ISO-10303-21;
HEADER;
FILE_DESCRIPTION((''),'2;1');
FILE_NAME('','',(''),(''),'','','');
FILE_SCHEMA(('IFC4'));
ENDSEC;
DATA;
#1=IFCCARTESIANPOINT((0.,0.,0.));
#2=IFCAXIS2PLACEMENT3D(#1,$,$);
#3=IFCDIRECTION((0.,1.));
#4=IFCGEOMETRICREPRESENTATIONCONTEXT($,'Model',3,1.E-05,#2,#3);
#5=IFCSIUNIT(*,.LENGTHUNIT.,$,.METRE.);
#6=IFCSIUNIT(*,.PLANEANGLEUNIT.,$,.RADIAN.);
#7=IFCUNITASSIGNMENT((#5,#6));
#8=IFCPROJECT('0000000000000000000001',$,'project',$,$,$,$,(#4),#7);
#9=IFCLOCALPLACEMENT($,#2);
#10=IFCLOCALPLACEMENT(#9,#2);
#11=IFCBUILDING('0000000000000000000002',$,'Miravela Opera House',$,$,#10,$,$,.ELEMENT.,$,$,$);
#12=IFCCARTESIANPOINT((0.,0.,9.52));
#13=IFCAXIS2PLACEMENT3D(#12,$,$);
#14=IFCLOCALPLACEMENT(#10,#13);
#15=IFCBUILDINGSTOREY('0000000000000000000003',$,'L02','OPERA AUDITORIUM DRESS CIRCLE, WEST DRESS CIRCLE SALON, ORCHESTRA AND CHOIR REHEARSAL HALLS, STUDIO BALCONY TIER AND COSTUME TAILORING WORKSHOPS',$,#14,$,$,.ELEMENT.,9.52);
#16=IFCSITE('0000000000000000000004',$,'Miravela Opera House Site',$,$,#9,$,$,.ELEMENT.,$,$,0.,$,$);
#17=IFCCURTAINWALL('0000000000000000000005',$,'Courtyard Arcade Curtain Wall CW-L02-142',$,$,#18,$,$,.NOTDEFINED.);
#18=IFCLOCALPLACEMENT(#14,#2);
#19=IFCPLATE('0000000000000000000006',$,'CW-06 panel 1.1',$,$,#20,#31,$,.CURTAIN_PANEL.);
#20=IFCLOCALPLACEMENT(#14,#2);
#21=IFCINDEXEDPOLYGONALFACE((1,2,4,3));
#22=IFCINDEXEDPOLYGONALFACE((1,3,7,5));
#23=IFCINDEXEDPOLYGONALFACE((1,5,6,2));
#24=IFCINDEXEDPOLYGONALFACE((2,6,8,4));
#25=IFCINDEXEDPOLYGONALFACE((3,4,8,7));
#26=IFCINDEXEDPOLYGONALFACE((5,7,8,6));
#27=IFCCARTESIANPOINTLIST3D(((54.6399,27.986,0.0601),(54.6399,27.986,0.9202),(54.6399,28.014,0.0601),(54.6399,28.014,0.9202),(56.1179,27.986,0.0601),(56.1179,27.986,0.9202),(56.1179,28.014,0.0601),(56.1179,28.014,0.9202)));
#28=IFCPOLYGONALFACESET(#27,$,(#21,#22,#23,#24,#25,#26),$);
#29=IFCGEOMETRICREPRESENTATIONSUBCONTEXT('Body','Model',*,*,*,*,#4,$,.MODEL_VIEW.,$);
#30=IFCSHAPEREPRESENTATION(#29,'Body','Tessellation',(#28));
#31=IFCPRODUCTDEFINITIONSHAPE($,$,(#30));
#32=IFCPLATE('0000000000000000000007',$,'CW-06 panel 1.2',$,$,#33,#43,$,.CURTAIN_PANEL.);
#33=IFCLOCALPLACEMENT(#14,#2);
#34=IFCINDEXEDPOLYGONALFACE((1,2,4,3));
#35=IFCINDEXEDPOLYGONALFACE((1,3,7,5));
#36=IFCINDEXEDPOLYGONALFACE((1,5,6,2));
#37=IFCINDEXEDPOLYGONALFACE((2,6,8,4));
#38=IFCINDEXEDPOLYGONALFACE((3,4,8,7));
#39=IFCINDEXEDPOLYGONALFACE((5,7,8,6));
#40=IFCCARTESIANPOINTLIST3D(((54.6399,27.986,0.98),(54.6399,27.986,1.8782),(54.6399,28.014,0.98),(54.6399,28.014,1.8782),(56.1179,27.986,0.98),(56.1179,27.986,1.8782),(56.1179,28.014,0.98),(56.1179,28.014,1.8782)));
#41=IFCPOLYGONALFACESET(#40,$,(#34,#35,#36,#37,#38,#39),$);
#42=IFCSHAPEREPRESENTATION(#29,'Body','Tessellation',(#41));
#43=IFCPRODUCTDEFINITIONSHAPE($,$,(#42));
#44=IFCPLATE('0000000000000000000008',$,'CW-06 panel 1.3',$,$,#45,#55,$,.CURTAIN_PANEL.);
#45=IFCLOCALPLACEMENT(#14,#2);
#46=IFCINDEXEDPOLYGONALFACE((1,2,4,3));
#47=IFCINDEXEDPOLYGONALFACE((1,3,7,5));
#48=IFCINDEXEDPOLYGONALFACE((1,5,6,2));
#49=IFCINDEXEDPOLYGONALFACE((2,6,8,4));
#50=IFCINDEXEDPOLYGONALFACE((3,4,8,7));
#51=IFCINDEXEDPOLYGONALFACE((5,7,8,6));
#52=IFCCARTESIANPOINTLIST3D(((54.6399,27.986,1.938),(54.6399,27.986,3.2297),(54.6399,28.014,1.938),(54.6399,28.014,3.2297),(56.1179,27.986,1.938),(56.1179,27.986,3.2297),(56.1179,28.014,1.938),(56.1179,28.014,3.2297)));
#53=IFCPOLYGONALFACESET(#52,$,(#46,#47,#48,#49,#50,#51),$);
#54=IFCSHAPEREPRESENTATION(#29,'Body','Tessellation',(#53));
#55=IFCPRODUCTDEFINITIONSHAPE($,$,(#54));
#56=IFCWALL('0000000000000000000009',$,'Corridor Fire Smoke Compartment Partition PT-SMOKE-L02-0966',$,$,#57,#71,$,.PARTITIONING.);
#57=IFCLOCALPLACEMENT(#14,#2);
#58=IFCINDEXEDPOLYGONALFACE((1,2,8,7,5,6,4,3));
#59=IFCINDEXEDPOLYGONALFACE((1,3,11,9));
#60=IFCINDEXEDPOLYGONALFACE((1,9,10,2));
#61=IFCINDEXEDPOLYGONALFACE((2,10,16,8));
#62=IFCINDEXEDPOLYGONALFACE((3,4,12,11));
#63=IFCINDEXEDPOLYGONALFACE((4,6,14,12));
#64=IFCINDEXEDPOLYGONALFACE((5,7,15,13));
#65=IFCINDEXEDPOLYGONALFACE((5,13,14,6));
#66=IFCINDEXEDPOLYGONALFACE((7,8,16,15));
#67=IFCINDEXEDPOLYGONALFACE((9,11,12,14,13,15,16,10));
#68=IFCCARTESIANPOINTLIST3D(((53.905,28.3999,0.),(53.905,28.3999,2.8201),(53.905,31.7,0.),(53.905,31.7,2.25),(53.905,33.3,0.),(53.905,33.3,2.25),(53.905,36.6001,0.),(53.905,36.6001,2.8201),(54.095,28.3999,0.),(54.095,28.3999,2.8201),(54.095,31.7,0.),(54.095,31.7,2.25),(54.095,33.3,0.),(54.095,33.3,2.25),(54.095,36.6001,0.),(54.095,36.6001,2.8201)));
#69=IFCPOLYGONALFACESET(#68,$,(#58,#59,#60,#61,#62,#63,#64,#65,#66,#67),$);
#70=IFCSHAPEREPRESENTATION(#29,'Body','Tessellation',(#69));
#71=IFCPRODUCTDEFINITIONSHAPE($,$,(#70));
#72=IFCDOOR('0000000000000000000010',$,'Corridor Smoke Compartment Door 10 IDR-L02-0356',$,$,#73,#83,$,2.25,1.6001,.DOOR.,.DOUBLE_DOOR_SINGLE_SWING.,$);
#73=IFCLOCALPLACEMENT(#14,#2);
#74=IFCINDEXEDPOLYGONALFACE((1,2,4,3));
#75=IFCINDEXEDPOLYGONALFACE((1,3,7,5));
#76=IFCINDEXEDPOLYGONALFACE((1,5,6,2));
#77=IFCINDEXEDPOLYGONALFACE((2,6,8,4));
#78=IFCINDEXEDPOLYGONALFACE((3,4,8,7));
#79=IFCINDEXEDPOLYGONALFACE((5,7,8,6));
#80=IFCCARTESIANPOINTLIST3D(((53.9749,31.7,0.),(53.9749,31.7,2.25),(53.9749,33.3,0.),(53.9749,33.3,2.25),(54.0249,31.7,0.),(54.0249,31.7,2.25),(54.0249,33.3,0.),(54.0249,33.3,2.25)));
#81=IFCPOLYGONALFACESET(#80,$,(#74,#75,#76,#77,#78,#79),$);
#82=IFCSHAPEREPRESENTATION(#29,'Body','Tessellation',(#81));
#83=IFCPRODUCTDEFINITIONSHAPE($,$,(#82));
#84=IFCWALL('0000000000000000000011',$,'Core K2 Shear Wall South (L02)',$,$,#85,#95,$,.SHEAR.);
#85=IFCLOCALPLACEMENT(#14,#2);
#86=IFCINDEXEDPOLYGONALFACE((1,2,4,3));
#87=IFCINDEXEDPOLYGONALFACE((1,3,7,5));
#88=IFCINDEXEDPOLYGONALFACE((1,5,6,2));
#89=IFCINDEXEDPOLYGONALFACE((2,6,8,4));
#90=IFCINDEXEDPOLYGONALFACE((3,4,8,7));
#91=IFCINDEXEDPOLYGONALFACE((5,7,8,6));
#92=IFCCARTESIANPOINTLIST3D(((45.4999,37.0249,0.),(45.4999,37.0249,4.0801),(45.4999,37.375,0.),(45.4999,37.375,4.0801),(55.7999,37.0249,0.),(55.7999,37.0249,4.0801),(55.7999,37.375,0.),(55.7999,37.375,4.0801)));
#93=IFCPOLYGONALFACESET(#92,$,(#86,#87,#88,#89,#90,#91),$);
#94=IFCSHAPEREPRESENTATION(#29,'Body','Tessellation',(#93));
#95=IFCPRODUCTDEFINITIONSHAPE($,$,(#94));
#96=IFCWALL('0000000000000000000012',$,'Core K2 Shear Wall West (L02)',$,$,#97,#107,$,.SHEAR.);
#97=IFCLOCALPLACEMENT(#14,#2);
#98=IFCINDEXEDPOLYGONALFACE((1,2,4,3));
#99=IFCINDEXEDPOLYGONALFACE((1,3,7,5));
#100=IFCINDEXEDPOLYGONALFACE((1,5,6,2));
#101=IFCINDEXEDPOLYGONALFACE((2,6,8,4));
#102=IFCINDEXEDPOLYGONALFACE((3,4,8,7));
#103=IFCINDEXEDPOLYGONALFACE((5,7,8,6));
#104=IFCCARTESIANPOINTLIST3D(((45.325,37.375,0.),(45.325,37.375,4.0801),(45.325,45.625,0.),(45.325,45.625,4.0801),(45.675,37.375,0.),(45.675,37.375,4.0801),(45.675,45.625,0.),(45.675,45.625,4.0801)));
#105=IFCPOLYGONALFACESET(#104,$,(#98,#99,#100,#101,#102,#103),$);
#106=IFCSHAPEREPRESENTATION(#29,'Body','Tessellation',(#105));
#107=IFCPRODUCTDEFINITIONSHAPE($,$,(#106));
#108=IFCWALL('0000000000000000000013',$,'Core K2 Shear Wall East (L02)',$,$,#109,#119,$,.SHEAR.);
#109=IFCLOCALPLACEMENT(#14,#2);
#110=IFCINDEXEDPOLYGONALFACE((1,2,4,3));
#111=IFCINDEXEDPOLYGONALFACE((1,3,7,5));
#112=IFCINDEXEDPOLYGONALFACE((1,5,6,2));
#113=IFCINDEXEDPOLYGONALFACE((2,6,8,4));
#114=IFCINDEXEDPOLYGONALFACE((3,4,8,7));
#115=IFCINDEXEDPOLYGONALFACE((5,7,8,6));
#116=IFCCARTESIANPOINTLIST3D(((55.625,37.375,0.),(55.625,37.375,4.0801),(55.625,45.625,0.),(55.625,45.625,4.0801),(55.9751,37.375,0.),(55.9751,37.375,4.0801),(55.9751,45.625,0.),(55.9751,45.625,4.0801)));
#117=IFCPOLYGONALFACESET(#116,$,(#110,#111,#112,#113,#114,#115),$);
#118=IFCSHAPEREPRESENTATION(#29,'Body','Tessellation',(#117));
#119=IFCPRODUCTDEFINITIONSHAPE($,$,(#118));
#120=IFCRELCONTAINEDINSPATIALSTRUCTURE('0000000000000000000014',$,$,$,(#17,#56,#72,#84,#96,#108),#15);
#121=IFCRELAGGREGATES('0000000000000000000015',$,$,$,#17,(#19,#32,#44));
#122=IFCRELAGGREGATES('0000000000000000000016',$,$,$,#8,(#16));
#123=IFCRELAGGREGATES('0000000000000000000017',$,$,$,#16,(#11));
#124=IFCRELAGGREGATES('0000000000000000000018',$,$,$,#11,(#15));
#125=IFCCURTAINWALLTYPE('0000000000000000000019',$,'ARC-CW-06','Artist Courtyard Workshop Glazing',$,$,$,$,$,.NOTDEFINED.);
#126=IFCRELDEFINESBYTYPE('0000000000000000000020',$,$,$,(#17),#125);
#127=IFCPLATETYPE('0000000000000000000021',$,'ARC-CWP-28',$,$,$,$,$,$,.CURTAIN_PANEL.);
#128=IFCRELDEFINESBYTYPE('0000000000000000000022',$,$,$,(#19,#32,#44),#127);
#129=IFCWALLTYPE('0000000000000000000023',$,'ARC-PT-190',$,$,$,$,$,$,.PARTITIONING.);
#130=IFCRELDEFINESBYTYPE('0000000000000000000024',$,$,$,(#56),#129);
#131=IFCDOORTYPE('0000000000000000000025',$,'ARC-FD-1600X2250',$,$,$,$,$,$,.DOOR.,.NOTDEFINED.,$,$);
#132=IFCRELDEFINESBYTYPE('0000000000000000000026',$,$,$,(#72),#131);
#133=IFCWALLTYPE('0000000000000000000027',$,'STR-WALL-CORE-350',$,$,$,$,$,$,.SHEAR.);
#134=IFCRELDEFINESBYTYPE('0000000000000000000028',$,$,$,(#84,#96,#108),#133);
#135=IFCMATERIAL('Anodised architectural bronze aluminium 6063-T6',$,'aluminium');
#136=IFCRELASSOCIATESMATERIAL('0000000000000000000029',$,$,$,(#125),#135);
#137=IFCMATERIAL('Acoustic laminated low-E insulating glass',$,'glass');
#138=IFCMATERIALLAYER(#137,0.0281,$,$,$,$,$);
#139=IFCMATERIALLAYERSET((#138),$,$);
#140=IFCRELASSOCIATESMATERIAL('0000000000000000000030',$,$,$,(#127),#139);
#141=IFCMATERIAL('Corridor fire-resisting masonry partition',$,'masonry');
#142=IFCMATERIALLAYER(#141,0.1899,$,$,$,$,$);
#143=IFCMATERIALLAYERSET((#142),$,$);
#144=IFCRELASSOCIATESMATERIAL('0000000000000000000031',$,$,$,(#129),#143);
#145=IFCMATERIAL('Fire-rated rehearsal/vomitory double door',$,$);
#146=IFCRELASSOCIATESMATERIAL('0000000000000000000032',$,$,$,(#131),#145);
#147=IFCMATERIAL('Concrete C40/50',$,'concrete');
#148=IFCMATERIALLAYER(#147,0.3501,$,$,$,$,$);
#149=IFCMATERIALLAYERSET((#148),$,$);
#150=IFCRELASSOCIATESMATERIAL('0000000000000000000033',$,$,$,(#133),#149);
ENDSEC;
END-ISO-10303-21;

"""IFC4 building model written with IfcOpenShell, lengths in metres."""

from ifc_helpers import new_model, si_unit, direction, frame, frame_2d, origin, origin_2d, place, context, subcontext, project, spatial, rectangle, extrude, material, layer, layer_set, type_object, element, fill, aggregate, save


model = new_model("IFC4")

# Units and contexts
model_context = context("Model", 3, precision=1e-05, world=origin(), true_north=direction((0.0, 1.0)))
body_context = subcontext(model_context, "Body", "Model", "MODEL_VIEW")
ifc_project = project(units=[si_unit("LENGTHUNIT", "METRE"), si_unit("PLANEANGLEUNIT", "RADIAN")], contexts=[model_context])

# Site, building, storey
site_placement = place(None, origin())
site = spatial("IfcSite", under=ifc_project, at=site_placement, Name="Miravela Opera House Site", CompositionType="ELEMENT", RefElevation=0.0)
building_placement = place(site_placement, origin())
building = spatial("IfcBuilding", under=site, at=building_placement, Name="Miravela Opera House", CompositionType="ELEMENT")
storey_placement = place(building_placement, frame((0.0, 0.0, 9.52)))
storey = spatial("IfcBuildingStorey", under=building, at=storey_placement, Name="L02", Description="OPERA AUDITORIUM DRESS CIRCLE, WEST DRESS CIRCLE SALON, ORCHESTRA AND CHOIR REHEARSAL HALLS, STUDIO BALCONY TIER AND COSTUME TAILORING WORKSHOPS", CompositionType="ELEMENT", Elevation=9.52)

# Curtain wall
ifc_material_1 = material(Name="Anodised architectural bronze aluminium 6063-T6", Category="aluminium")
curtain_wall_type = type_object("IfcCurtainWallType", Name="ARC-CW-06", Description="Artist Courtyard Workshop Glazing", PredefinedType="NOTDEFINED", material=ifc_material_1)
curtain_wall_placement = place(storey_placement, origin())
curtain_wall = element("IfcCurtainWall", 1, at=curtain_wall_placement, inside=storey, type_object=curtain_wall_type, Name="Courtyard Arcade Curtain Wall CW-L02-142", PredefinedType="NOTDEFINED")

# Shared definitions
ifc_material_2 = material(Name="Concrete C40/50", Category="concrete")

# Plates
ifc_material_3 = material(Name="Acoustic laminated low-E insulating glass", Category="glass")
ifc_layer_1 = layer(ifc_material_3, 0.0281)
ifc_layer_set_1 = layer_set([ifc_layer_1])
plate_type = type_object("IfcPlateType", Name="ARC-CWP-28", PredefinedType="CURTAIN_PANEL", material=ifc_layer_set_1)
plate_1_placement = place(storey_placement, frame((55.3789, 28.0, 0.0601), z_axis=(0.0, 0.0, 1.0), x_axis=(1.0, 0.0, 0.0)))
plate_1 = element("IfcPlate", 2, at=plate_1_placement, type_object=plate_type, Name="CW-06 panel 1.1", PredefinedType="CURTAIN_PANEL", context=body_context, shape_type="SweptSolid", body=[
    extrude(rectangle(XDim=1.478, YDim=0.0281, at=origin_2d()), origin(), (0.0, 0.0, 1.0), 0.8601),
])
plate_2_placement = place(storey_placement, frame((55.3789, 28.0, 0.98), z_axis=(0.0, 0.0, 1.0), x_axis=(1.0, 0.0, 0.0)))
plate_2 = element("IfcPlate", 3, at=plate_2_placement, type_object=plate_type, Name="CW-06 panel 1.2", PredefinedType="CURTAIN_PANEL", context=body_context, shape_type="SweptSolid", body=[
    extrude(rectangle(XDim=1.478, YDim=0.0281, at=origin_2d()), origin(), (0.0, 0.0, 1.0), 0.8982),
])
plate_3_placement = place(storey_placement, frame((55.3789, 28.0, 1.938), z_axis=(0.0, 0.0, 1.0), x_axis=(1.0, 0.0, 0.0)))
plate_3 = element("IfcPlate", 4, at=plate_3_placement, type_object=plate_type, Name="CW-06 panel 1.3", PredefinedType="CURTAIN_PANEL", context=body_context, shape_type="SweptSolid", body=[
    extrude(rectangle(XDim=1.478, YDim=0.0281, at=origin_2d()), origin(), (0.0, 0.0, 1.0), 1.2917),
])
aggregate(curtain_wall, [plate_1, plate_2, plate_3])

# Wall, opening, door
ifc_material_4 = material(Name="Corridor fire-resisting masonry partition", Category="masonry")
ifc_layer_2 = layer(ifc_material_4, 0.1899)
ifc_layer_set_2 = layer_set([ifc_layer_2])
wall_type_1 = type_object("IfcWallType", Name="ARC-PT-190", PredefinedType="PARTITIONING", material=ifc_layer_set_2)
wall_1_placement = place(storey_placement, frame((54.0, 28.3999, 0.0), z_axis=(0.0, 0.0, 1.0), x_axis=(0.0, 1.0, 0.0)))
wall_1 = element("IfcWall", 5, at=wall_1_placement, inside=storey, type_object=wall_type_1, Name="Corridor Fire Smoke Compartment Partition PT-SMOKE-L02-0966", PredefinedType="PARTITIONING", context=body_context, shape_type="SweptSolid", body=[
    extrude(rectangle(XDim=8.2002, YDim=0.1899, at=frame_2d((4.1001, 0.0))), origin(), (0.0, 0.0, 1.0), 2.8201),
])
opening_placement = place(wall_1_placement, frame((3.3, 0.0, 0.0)))
opening = element("IfcOpeningElement", 6, at=opening_placement, cuts=wall_1, PredefinedType="OPENING", context=body_context, shape_type="SweptSolid", body=[
    extrude(rectangle(XDim=1.6001, YDim=2.25, at=frame_2d((0.8, 1.125))), frame((0.0, 0.105, 0.0), z_axis=(0.0, -1.0, 0.0), x_axis=(1.0, 0.0, 0.0)), (0.0, 0.0, 1.0), 0.21),
])
ifc_material_5 = material(Name="Fire-rated rehearsal/vomitory double door")
door_type = type_object("IfcDoorType", Name="ARC-FD-1600X2250", OperationType="NOTDEFINED", PredefinedType="DOOR", material=ifc_material_5)
door_placement = place(opening_placement, frame((1.6001, 0.0, 0.0), z_axis=(0.0, 0.0, 1.0), x_axis=(-1.0, 0.0, 0.0)))
door = element("IfcDoor", 7, at=door_placement, inside=storey, type_object=door_type, Name="Corridor Smoke Compartment Door 10 IDR-L02-0356", OperationType="DOUBLE_DOOR_SINGLE_SWING", OverallHeight=2.25, OverallWidth=1.6001, PredefinedType="DOOR", context=body_context, shape_type="SweptSolid", body=[
    extrude(rectangle(XDim=1.6001, YDim=2.25, at=frame_2d((0.8, 1.125))), frame((0.0, 0.0249, 0.0), z_axis=(0.0, -1.0, 0.0), x_axis=(1.0, 0.0, 0.0)), (0.0, 0.0, 1.0), 0.05),
])
fill(opening, door)

# Walls
ifc_layer_3 = layer(ifc_material_2, 0.3501)
ifc_layer_set_3 = layer_set([ifc_layer_3])
wall_type_2 = type_object("IfcWallType", Name="STR-WALL-CORE-350", PredefinedType="SHEAR", material=ifc_layer_set_3)
wall_2_placement = place(storey_placement, frame((45.5, 37.2, 0.0), z_axis=(0.0, 0.0, 1.0), x_axis=(1.0, 0.0, 0.0)))
element("IfcWall", 8, at=wall_2_placement, inside=storey, type_object=wall_type_2, Name="Core K2 Shear Wall South (L02)", PredefinedType="SHEAR", context=body_context, shape_type="SweptSolid", body=[
    extrude(rectangle(XDim=10.3, YDim=0.3501, at=frame_2d((5.1499, 0.0))), origin(), (0.0, 0.0, 1.0), 4.0801),
])
for number, where, z_axis, x_axis, name in (
    (9, (45.5, 37.375, 0.0), (0.0, 0.0, 1.0), (0.0, 1.0, 0.0), "Core K2 Shear Wall West (L02)"),
    (10, (55.8, 37.375, 0.0), (0.0, 0.0, 1.0), (0.0, 1.0, 0.0), "Core K2 Shear Wall East (L02)"),
):
    element("IfcWall", number, at=place(storey_placement, frame(where, z_axis=z_axis, x_axis=x_axis)), inside=storey, type_object=wall_type_2, Name=name, PredefinedType="SHEAR", context=body_context, shape_type="SweptSolid", body=[
        extrude(rectangle(XDim=8.25, YDim=0.3501, at=frame_2d((4.125, 0.0))), origin(), (0.0, 0.0, 1.0), 4.0801),
    ])

save(model, "model.ifc")
